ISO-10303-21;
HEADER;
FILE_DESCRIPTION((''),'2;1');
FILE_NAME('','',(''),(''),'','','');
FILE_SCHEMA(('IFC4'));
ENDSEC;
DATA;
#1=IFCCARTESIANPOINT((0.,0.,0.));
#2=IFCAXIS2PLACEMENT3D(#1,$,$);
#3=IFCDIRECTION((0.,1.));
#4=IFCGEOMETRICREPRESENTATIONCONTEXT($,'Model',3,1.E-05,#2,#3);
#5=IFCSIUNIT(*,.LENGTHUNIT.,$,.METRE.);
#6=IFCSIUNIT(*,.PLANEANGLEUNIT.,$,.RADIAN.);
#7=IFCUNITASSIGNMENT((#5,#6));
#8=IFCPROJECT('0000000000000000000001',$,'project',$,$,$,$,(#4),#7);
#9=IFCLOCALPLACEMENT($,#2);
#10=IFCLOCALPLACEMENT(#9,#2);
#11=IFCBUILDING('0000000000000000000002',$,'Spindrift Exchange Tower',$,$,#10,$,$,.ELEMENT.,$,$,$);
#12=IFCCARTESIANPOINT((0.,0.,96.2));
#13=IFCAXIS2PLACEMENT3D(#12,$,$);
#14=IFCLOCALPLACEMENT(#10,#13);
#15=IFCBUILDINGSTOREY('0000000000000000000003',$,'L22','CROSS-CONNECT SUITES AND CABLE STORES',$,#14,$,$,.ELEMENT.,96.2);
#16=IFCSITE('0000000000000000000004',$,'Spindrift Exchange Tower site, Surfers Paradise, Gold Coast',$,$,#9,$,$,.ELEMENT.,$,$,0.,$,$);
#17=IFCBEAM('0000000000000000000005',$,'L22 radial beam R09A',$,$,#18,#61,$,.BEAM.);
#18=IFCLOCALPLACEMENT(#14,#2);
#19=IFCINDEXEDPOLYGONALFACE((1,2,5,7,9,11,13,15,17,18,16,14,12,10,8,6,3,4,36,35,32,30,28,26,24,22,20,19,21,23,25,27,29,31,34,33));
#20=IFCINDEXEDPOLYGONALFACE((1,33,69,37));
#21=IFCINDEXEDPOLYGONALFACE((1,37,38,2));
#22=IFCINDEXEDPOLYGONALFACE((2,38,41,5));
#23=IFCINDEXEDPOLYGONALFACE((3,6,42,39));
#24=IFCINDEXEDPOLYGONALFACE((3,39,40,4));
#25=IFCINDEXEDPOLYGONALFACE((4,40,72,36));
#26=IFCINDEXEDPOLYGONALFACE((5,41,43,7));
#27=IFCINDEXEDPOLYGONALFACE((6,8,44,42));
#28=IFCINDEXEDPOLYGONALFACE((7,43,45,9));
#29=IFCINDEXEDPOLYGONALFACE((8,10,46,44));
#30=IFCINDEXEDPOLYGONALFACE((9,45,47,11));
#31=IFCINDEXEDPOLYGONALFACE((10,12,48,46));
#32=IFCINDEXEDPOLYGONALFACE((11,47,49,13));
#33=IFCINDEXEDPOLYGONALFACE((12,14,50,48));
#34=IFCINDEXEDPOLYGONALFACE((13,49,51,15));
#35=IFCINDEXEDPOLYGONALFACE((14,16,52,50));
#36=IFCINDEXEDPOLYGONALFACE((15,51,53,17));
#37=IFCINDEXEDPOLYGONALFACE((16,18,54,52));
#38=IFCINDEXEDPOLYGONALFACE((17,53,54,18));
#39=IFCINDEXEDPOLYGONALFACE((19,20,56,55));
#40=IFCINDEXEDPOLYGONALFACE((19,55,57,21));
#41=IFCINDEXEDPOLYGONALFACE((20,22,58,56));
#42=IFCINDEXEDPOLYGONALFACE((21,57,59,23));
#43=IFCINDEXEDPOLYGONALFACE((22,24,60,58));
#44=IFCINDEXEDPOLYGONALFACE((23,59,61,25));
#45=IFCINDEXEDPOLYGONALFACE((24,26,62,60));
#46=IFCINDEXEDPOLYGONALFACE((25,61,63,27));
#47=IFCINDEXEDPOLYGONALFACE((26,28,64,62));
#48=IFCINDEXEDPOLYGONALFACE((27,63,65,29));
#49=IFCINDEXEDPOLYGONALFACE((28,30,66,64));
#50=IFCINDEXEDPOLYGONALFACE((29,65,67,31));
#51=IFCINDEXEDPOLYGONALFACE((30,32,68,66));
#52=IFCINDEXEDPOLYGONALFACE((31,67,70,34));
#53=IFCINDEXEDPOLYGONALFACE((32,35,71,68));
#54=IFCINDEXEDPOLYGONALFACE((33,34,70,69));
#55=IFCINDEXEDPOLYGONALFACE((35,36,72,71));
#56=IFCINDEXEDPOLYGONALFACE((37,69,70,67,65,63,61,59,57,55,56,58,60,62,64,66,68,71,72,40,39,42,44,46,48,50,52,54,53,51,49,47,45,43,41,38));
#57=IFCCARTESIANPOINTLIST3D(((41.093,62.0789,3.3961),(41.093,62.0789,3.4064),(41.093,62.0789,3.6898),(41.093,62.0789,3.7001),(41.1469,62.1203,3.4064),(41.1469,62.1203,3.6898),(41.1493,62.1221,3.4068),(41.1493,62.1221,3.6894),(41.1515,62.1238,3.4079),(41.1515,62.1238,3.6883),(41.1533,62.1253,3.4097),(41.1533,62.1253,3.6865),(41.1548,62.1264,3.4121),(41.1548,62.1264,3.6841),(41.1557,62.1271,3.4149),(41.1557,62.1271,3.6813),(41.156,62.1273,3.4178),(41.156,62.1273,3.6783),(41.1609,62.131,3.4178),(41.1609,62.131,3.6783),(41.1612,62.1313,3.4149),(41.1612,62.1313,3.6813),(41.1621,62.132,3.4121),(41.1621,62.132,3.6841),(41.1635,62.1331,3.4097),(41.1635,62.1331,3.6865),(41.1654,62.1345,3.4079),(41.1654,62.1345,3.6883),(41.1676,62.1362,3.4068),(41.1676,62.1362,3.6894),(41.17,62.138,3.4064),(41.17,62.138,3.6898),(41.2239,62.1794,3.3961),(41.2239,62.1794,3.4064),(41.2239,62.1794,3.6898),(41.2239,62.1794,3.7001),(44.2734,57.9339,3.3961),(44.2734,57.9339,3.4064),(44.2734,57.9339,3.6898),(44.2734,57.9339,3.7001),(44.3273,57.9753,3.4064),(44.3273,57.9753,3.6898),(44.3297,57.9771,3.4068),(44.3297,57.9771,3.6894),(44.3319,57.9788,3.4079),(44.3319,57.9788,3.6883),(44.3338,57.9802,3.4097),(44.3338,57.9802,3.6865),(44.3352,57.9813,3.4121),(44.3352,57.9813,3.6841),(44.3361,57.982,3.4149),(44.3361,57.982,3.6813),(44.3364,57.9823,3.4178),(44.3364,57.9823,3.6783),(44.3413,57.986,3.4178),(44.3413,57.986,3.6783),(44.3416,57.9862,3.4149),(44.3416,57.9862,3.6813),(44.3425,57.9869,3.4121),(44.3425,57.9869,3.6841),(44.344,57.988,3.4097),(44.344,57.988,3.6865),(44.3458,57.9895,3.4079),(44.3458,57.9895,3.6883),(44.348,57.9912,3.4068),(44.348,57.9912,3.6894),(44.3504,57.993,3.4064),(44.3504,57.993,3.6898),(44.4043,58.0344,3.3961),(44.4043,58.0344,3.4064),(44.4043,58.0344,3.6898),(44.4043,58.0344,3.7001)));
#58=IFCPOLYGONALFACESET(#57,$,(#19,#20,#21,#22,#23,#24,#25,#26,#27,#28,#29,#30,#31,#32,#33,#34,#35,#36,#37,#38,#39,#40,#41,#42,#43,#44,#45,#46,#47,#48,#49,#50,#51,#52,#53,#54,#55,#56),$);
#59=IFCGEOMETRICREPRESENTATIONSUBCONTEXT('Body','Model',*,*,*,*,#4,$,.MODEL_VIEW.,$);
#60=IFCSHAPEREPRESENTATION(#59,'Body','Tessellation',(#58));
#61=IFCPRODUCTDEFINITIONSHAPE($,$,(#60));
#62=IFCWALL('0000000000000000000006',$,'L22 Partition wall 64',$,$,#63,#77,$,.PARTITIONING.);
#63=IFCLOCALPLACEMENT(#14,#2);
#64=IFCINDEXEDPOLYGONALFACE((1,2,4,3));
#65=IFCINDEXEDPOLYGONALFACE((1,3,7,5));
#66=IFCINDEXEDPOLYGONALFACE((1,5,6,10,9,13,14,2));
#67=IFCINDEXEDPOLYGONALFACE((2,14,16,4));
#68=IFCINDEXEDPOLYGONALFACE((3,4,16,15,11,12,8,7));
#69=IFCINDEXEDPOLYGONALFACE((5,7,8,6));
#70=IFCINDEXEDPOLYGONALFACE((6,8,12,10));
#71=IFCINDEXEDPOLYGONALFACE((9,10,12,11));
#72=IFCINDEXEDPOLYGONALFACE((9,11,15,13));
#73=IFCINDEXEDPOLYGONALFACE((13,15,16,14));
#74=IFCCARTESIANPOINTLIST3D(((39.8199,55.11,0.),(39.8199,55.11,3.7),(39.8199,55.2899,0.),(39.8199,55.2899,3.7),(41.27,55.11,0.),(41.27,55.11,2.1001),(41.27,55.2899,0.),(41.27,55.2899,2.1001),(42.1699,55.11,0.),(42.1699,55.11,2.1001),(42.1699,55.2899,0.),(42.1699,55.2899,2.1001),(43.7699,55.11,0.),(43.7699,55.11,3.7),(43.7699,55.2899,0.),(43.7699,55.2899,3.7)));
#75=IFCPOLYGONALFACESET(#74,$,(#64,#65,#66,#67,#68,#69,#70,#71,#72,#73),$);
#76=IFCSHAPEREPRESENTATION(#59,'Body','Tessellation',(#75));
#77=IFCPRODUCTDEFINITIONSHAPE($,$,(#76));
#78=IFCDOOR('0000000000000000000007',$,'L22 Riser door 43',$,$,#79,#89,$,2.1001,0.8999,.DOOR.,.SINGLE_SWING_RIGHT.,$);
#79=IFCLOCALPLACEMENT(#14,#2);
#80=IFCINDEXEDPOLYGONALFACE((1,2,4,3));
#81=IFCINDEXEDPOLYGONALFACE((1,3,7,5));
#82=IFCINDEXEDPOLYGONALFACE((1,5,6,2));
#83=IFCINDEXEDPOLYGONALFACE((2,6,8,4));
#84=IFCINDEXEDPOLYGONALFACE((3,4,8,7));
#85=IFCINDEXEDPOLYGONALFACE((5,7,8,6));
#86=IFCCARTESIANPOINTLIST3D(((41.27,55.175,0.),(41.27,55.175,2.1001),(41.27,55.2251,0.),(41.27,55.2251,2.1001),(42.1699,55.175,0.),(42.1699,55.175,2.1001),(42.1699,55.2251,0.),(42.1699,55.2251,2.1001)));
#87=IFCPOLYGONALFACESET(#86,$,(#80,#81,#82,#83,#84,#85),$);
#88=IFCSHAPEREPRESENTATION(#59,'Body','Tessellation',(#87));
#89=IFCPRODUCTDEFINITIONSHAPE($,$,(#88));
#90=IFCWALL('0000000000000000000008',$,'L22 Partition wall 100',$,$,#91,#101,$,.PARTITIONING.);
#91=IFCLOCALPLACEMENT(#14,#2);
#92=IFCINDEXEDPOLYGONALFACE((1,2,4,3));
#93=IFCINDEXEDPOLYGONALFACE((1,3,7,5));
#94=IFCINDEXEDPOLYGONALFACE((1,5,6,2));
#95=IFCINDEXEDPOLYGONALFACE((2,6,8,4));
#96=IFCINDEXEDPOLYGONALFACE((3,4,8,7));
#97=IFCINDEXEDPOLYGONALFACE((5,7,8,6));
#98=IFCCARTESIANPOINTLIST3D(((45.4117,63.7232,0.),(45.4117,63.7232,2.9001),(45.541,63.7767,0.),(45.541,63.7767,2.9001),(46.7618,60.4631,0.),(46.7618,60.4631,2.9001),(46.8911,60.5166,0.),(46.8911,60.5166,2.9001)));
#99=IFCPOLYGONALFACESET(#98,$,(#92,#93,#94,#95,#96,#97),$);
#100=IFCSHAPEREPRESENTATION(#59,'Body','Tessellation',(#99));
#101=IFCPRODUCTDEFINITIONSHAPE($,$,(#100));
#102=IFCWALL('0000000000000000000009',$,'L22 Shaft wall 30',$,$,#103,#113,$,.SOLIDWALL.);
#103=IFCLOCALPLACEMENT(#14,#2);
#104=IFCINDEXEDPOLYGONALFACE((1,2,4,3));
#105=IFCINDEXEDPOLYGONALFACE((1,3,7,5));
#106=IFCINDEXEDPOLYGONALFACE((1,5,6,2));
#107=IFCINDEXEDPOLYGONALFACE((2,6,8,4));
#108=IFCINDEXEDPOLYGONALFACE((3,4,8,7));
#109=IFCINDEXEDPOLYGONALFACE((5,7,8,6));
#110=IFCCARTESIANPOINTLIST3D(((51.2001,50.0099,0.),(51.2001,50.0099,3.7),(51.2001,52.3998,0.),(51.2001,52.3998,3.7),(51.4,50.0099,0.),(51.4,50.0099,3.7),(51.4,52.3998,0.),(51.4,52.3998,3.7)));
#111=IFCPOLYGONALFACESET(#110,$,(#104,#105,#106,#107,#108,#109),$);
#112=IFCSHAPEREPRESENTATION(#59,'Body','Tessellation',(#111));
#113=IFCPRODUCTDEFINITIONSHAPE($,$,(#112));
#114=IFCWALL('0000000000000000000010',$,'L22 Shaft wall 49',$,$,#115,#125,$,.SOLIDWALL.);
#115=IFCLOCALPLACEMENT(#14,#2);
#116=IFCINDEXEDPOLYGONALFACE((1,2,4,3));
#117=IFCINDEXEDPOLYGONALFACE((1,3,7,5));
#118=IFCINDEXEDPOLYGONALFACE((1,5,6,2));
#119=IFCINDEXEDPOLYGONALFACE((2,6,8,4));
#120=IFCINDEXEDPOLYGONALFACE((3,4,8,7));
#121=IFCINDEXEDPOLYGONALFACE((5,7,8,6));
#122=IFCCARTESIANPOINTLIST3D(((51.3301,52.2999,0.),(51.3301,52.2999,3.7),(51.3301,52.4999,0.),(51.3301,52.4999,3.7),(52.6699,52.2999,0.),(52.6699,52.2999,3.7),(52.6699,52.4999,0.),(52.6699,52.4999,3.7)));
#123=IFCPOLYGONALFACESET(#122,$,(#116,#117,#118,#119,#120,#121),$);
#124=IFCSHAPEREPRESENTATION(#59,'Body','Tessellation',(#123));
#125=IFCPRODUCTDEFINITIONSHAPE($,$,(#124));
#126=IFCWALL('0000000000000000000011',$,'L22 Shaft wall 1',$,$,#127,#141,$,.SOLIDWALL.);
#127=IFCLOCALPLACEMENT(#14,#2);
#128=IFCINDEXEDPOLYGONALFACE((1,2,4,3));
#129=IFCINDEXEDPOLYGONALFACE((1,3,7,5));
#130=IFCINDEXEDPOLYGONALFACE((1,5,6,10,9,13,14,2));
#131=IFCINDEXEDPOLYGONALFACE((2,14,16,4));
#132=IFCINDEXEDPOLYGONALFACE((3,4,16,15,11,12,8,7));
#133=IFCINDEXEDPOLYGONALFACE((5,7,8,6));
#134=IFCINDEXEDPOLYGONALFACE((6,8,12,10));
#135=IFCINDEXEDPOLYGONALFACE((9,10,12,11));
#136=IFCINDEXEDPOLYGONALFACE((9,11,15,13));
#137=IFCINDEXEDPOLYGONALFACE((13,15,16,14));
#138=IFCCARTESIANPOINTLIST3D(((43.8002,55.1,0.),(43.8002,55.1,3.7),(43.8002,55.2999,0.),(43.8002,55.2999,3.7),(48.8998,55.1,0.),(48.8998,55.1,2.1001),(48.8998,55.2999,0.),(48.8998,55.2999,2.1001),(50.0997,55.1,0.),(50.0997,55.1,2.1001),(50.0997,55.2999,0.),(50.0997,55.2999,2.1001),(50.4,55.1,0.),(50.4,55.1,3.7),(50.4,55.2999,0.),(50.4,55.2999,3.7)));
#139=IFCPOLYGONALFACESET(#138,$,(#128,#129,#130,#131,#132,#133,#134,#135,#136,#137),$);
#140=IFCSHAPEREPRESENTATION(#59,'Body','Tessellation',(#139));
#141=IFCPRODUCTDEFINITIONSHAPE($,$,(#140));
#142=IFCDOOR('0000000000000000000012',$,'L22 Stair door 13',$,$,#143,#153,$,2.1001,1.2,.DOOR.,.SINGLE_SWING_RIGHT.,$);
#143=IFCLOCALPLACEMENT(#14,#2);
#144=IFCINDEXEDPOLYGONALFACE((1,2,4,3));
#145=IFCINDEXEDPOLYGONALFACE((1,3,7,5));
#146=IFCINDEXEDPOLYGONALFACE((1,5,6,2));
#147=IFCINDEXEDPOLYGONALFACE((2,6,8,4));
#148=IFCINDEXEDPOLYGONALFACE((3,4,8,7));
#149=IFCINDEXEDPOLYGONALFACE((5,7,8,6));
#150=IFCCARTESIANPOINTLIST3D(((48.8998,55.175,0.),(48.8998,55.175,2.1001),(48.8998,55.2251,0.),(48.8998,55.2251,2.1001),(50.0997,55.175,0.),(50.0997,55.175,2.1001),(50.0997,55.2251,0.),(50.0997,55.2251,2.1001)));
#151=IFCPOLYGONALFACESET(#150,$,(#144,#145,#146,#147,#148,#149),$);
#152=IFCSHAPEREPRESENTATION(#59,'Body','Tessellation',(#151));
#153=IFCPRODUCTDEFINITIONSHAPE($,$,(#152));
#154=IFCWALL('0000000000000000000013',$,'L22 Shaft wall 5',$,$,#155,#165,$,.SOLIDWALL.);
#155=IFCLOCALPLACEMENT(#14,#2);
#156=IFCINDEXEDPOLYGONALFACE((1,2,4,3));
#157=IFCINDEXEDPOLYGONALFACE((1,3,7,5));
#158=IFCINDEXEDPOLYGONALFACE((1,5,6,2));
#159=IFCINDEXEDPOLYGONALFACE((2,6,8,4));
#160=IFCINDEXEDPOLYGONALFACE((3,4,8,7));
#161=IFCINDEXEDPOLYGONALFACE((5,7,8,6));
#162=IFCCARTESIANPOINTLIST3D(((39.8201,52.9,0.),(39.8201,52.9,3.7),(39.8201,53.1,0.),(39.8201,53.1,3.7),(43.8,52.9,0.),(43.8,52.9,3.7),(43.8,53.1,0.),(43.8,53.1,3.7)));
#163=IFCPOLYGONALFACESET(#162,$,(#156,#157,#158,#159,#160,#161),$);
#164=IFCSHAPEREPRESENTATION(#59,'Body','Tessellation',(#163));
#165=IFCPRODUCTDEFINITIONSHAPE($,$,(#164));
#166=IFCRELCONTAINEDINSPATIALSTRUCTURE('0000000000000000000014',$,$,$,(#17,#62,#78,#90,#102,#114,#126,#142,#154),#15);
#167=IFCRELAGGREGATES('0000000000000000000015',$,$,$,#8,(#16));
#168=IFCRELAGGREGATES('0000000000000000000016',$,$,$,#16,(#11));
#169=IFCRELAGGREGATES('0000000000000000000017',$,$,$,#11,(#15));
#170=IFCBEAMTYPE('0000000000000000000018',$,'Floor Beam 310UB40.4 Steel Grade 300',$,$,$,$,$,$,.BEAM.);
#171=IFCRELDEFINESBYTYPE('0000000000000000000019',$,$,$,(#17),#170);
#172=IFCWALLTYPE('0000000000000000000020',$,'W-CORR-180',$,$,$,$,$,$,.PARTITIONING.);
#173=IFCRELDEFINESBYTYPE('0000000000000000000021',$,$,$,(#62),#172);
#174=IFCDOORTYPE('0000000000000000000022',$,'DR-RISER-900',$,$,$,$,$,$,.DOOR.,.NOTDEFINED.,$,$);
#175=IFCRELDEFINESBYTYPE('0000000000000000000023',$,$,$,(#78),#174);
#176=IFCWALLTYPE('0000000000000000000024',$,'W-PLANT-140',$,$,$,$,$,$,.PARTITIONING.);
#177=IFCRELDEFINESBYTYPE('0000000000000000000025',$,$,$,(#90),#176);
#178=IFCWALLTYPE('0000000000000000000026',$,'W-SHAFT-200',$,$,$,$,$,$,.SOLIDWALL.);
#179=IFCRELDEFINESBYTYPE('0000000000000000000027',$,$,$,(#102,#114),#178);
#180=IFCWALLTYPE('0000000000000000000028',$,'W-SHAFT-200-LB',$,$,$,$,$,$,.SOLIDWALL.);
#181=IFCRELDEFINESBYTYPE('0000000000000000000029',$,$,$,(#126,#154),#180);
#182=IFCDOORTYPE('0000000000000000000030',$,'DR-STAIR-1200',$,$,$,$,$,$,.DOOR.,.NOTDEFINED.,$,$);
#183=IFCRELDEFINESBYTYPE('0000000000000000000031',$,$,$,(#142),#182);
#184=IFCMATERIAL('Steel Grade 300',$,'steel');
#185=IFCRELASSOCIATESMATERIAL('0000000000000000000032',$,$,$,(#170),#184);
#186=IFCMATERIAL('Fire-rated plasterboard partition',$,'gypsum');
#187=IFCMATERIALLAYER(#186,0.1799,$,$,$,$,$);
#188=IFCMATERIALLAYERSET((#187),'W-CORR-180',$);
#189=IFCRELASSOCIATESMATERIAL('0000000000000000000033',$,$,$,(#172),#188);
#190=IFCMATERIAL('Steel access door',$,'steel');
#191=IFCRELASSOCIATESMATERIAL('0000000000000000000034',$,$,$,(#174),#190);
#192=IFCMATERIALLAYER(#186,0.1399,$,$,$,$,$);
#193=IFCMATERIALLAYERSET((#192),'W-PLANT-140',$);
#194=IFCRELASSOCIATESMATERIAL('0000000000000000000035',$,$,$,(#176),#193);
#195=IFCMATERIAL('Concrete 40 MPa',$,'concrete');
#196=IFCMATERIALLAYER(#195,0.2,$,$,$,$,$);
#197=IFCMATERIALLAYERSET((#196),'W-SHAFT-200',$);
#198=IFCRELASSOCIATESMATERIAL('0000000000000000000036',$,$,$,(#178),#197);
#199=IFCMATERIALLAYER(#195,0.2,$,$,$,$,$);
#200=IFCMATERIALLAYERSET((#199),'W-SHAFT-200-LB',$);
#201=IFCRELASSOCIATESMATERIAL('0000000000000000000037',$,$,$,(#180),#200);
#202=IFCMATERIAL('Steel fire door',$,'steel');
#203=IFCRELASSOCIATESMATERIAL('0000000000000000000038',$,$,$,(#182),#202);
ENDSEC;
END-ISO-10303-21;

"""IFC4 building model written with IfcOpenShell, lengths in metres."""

from ifc_helpers import new_model, si_unit, direction, frame, frame_2d, origin, origin_2d, place, context, subcontext, project, spatial, rectangle, i_section, extrude, source, transform, mapped, material, layer, layer_set, material_profile, profile_set, type_object, element, fill, save


model = new_model("IFC4")

# Units and contexts
model_context = context("Model", 3, precision=1e-05, world=origin(), true_north=direction((0.0, 1.0)))
body_context = subcontext(model_context, "Body", "Model", "MODEL_VIEW")
ifc_project = project(units=[si_unit("LENGTHUNIT", "METRE"), si_unit("PLANEANGLEUNIT", "RADIAN")], contexts=[model_context])

# Site, building, storey
site_placement = place(None, origin())
site = spatial("IfcSite", under=ifc_project, at=site_placement, Name="Spindrift Exchange Tower site, Surfers Paradise, Gold Coast", CompositionType="ELEMENT", RefElevation=0.0)
building_placement = place(site_placement, origin())
building = spatial("IfcBuilding", under=site, at=building_placement, Name="Spindrift Exchange Tower", CompositionType="ELEMENT")
storey_placement = place(building_placement, frame((0.0, 0.0, 96.2)))
storey = spatial("IfcBuildingStorey", under=building, at=storey_placement, Name="L22", Description="CROSS-CONNECT SUITES AND CABLE STORES", CompositionType="ELEMENT", Elevation=96.2)

# Beam
ifc_material_1 = material(Name="Steel Grade 300", Category="steel")
ifc_material_profile_1 = material_profile(ifc_material_1, i_section(OverallWidth=0.165, OverallDepth=0.304, WebThickness=0.0061, FlangeThickness=0.0103, FilletRadius=0.0115, at=origin_2d()), Name="310UB40.4")
ifc_profile_set_1 = profile_set([ifc_material_profile_1], Name="Steel Grade 300")
beam_type_1 = type_object("IfcBeamType", Name="Floor Beam 310UB40.4 Steel Grade 300", PredefinedType="BEAM", material=ifc_profile_set_1)
shared_shape_1 = source(origin(), body_context, "Body", "SweptSolid", [
    extrude(i_section(OverallWidth=0.165, OverallDepth=0.304, WebThickness=0.0061, FlangeThickness=0.0103, FilletRadius=0.0115, at=origin_2d()), origin(), (0.0, 0.0, 1.0), 5.2246),
])
beam_1_placement = place(storey_placement, frame((44.3389, 57.9841, 3.5481), z_axis=(-0.608741, 0.793369, 0.0), x_axis=(-0.793369, -0.608741, 0.0)))
element("IfcBeam", 1, at=beam_1_placement, inside=storey, type_object=beam_type_1, Name="L22 radial beam R09A", PredefinedType="BEAM", context=body_context, shape_type="MappedRepresentation", body=[
    mapped(shared_shape_1, transform((0.0, 0.0, 0.0), scale=1.0)),
])

# Wall, opening, door
ifc_material_2 = material(Name="Fire-rated plasterboard partition", Category="gypsum")
ifc_layer_1 = layer(ifc_material_2, 0.1799)
ifc_layer_set_1 = layer_set([ifc_layer_1], Name="W-CORR-180")
wall_type_1 = type_object("IfcWallType", Name="W-CORR-180", PredefinedType="PARTITIONING", material=ifc_layer_set_1)
wall_1_placement = place(storey_placement, frame((43.77, 55.2, 0.0), z_axis=(0.0, 0.0, 1.0), x_axis=(-1.0, 0.0, 0.0)))
wall_1 = element("IfcWall", 2, at=wall_1_placement, inside=storey, type_object=wall_type_1, Name="L22 Partition wall 64", PredefinedType="PARTITIONING", context=body_context, shape_type="SweptSolid", body=[
    extrude(rectangle(XDim=3.95, YDim=0.1799, at=frame_2d((1.9751, 0.0))), origin(), (0.0, 0.0, 1.0), 3.7),
])
opening_1_placement = place(wall_1_placement, frame((1.6001, 0.0, 0.0)))
opening_1 = element("IfcOpeningElement", 3, at=opening_1_placement, cuts=wall_1, PredefinedType="OPENING", context=body_context, shape_type="SweptSolid", body=[
    extrude(rectangle(XDim=0.8999, YDim=2.1001, at=frame_2d((0.45, 1.05))), frame((0.0, 0.0999, 0.0), z_axis=(0.0, -1.0, 0.0), x_axis=(1.0, 0.0, 0.0)), (0.0, 0.0, 1.0), 0.2),
])
ifc_material_3 = material(Name="Steel access door", Category="steel")
door_type_1 = type_object("IfcDoorType", Name="DR-RISER-900", OperationType="NOTDEFINED", PredefinedType="DOOR", material=ifc_material_3)
shared_shape_2 = source(origin(), body_context, "Body", "SweptSolid", [
    extrude(rectangle(XDim=0.8999, YDim=2.1001, at=frame_2d((0.45, 1.05))), frame((0.0, 0.0249, 0.0), z_axis=(0.0, -1.0, 0.0), x_axis=(1.0, 0.0, 0.0)), (0.0, 0.0, 1.0), 0.05),
])
door_1_placement = place(opening_1_placement, origin())
door_1 = element("IfcDoor", 4, at=door_1_placement, inside=storey, type_object=door_type_1, Name="L22 Riser door 43", OperationType="SINGLE_SWING_RIGHT", OverallHeight=2.1001, OverallWidth=0.8999, PredefinedType="DOOR", context=body_context, shape_type="MappedRepresentation", body=[
    mapped(shared_shape_2, transform((0.0, 0.0, 0.0), scale=1.0)),
])
fill(opening_1, door_1)

# Walls
ifc_layer_2 = layer(ifc_material_2, 0.1399)
ifc_layer_set_2 = layer_set([ifc_layer_2], Name="W-PLANT-140")
wall_type_2 = type_object("IfcWallType", Name="W-PLANT-140", PredefinedType="PARTITIONING", material=ifc_layer_set_2)
wall_2_placement = place(storey_placement, frame((46.8264, 60.49, 0.0), z_axis=(0.0, 0.0, 1.0), x_axis=(-0.382625, 0.923904, 0.0)))
element("IfcWall", 5, at=wall_2_placement, inside=storey, type_object=wall_type_2, Name="L22 Partition wall 100", PredefinedType="PARTITIONING", context=body_context, shape_type="SweptSolid", body=[
    extrude(rectangle(XDim=3.5286, YDim=0.1399, at=frame_2d((1.7642, 0.0))), origin(), (0.0, 0.0, 1.0), 2.9001),
])
ifc_material_4 = material(Name="Concrete 40 MPa", Category="concrete")
ifc_layer_3 = layer(ifc_material_4, 0.2)
ifc_layer_set_3 = layer_set([ifc_layer_3], Name="W-SHAFT-200")
wall_type_3 = type_object("IfcWallType", Name="W-SHAFT-200", PredefinedType="SOLIDWALL", material=ifc_layer_set_3)
wall_3_placement = place(storey_placement, frame((51.3, 50.01, 0.0), z_axis=(0.0, 0.0, 1.0), x_axis=(0.0, 1.0, 0.0)))
element("IfcWall", 6, at=wall_3_placement, inside=storey, type_object=wall_type_3, Name="L22 Shaft wall 30", PredefinedType="SOLIDWALL", context=body_context, shape_type="SweptSolid", body=[
    extrude(rectangle(XDim=2.3899, YDim=0.2, at=frame_2d((1.1948, 0.0))), origin(), (0.0, 0.0, 1.0), 3.7),
])
wall_4_placement = place(storey_placement, frame((51.3301, 52.3999, 0.0), z_axis=(0.0, 0.0, 1.0), x_axis=(1.0, 0.0, 0.0)))
element("IfcWall", 7, at=wall_4_placement, inside=storey, type_object=wall_type_3, Name="L22 Shaft wall 49", PredefinedType="SOLIDWALL", context=body_context, shape_type="SweptSolid", body=[
    extrude(rectangle(XDim=1.3398, YDim=0.2, at=frame_2d((0.6699, 0.0))), origin(), (0.0, 0.0, 1.0), 3.7),
])

# Wall, opening, door
ifc_layer_4 = layer(ifc_material_4, 0.2)
ifc_layer_set_4 = layer_set([ifc_layer_4], Name="W-SHAFT-200-LB")
wall_type_4 = type_object("IfcWallType", Name="W-SHAFT-200-LB", PredefinedType="SOLIDWALL", material=ifc_layer_set_4)
wall_5_placement = place(storey_placement, frame((50.3999, 55.2, 0.0), z_axis=(0.0, 0.0, 1.0), x_axis=(-1.0, 0.0, 0.0)))
wall_5 = element("IfcWall", 8, at=wall_5_placement, inside=storey, type_object=wall_type_4, Name="L22 Shaft wall 1", PredefinedType="SOLIDWALL", context=body_context, shape_type="SweptSolid", body=[
    extrude(rectangle(XDim=6.5999, YDim=0.2, at=frame_2d((3.2998, 0.0))), origin(), (0.0, 0.0, 1.0), 3.7),
])
opening_2_placement = place(wall_5_placement, frame((0.3, 0.0, 0.0)))
opening_2 = element("IfcOpeningElement", 9, at=opening_2_placement, cuts=wall_5, PredefinedType="OPENING", context=body_context, shape_type="SweptSolid", body=[
    extrude(rectangle(XDim=1.2, YDim=2.1001, at=frame_2d((0.6001, 1.05))), frame((0.0, 0.1099, 0.0), z_axis=(0.0, -1.0, 0.0), x_axis=(1.0, 0.0, 0.0)), (0.0, 0.0, 1.0), 0.22),
])
ifc_material_5 = material(Name="Steel fire door", Category="steel")
door_type_2 = type_object("IfcDoorType", Name="DR-STAIR-1200", OperationType="NOTDEFINED", PredefinedType="DOOR", material=ifc_material_5)
shared_shape_3 = source(origin(), body_context, "Body", "SweptSolid", [
    extrude(rectangle(XDim=1.2, YDim=2.1001, at=frame_2d((0.6001, 1.05))), frame((0.0, 0.0249, 0.0), z_axis=(0.0, -1.0, 0.0), x_axis=(1.0, 0.0, 0.0)), (0.0, 0.0, 1.0), 0.05),
])
door_2_placement = place(opening_2_placement, origin())
door_2 = element("IfcDoor", 10, at=door_2_placement, inside=storey, type_object=door_type_2, Name="L22 Stair door 13", OperationType="SINGLE_SWING_RIGHT", OverallHeight=2.1001, OverallWidth=1.2, PredefinedType="DOOR", context=body_context, shape_type="MappedRepresentation", body=[
    mapped(shared_shape_3, transform((0.0, 0.0, 0.0), scale=1.0)),
])
fill(opening_2, door_2)

# Wall
wall_6_placement = place(storey_placement, frame((43.8, 53.0, 0.0), z_axis=(0.0, 0.0, 1.0), x_axis=(-1.0, 0.0, 0.0)))
element("IfcWall", 11, at=wall_6_placement, inside=storey, type_object=wall_type_4, Name="L22 Shaft wall 5", PredefinedType="SOLIDWALL", context=body_context, shape_type="SweptSolid", body=[
    extrude(rectangle(XDim=3.98, YDim=0.2, at=frame_2d((1.99, 0.0))), origin(), (0.0, 0.0, 1.0), 3.7),
])

save(model, "model.ifc")
